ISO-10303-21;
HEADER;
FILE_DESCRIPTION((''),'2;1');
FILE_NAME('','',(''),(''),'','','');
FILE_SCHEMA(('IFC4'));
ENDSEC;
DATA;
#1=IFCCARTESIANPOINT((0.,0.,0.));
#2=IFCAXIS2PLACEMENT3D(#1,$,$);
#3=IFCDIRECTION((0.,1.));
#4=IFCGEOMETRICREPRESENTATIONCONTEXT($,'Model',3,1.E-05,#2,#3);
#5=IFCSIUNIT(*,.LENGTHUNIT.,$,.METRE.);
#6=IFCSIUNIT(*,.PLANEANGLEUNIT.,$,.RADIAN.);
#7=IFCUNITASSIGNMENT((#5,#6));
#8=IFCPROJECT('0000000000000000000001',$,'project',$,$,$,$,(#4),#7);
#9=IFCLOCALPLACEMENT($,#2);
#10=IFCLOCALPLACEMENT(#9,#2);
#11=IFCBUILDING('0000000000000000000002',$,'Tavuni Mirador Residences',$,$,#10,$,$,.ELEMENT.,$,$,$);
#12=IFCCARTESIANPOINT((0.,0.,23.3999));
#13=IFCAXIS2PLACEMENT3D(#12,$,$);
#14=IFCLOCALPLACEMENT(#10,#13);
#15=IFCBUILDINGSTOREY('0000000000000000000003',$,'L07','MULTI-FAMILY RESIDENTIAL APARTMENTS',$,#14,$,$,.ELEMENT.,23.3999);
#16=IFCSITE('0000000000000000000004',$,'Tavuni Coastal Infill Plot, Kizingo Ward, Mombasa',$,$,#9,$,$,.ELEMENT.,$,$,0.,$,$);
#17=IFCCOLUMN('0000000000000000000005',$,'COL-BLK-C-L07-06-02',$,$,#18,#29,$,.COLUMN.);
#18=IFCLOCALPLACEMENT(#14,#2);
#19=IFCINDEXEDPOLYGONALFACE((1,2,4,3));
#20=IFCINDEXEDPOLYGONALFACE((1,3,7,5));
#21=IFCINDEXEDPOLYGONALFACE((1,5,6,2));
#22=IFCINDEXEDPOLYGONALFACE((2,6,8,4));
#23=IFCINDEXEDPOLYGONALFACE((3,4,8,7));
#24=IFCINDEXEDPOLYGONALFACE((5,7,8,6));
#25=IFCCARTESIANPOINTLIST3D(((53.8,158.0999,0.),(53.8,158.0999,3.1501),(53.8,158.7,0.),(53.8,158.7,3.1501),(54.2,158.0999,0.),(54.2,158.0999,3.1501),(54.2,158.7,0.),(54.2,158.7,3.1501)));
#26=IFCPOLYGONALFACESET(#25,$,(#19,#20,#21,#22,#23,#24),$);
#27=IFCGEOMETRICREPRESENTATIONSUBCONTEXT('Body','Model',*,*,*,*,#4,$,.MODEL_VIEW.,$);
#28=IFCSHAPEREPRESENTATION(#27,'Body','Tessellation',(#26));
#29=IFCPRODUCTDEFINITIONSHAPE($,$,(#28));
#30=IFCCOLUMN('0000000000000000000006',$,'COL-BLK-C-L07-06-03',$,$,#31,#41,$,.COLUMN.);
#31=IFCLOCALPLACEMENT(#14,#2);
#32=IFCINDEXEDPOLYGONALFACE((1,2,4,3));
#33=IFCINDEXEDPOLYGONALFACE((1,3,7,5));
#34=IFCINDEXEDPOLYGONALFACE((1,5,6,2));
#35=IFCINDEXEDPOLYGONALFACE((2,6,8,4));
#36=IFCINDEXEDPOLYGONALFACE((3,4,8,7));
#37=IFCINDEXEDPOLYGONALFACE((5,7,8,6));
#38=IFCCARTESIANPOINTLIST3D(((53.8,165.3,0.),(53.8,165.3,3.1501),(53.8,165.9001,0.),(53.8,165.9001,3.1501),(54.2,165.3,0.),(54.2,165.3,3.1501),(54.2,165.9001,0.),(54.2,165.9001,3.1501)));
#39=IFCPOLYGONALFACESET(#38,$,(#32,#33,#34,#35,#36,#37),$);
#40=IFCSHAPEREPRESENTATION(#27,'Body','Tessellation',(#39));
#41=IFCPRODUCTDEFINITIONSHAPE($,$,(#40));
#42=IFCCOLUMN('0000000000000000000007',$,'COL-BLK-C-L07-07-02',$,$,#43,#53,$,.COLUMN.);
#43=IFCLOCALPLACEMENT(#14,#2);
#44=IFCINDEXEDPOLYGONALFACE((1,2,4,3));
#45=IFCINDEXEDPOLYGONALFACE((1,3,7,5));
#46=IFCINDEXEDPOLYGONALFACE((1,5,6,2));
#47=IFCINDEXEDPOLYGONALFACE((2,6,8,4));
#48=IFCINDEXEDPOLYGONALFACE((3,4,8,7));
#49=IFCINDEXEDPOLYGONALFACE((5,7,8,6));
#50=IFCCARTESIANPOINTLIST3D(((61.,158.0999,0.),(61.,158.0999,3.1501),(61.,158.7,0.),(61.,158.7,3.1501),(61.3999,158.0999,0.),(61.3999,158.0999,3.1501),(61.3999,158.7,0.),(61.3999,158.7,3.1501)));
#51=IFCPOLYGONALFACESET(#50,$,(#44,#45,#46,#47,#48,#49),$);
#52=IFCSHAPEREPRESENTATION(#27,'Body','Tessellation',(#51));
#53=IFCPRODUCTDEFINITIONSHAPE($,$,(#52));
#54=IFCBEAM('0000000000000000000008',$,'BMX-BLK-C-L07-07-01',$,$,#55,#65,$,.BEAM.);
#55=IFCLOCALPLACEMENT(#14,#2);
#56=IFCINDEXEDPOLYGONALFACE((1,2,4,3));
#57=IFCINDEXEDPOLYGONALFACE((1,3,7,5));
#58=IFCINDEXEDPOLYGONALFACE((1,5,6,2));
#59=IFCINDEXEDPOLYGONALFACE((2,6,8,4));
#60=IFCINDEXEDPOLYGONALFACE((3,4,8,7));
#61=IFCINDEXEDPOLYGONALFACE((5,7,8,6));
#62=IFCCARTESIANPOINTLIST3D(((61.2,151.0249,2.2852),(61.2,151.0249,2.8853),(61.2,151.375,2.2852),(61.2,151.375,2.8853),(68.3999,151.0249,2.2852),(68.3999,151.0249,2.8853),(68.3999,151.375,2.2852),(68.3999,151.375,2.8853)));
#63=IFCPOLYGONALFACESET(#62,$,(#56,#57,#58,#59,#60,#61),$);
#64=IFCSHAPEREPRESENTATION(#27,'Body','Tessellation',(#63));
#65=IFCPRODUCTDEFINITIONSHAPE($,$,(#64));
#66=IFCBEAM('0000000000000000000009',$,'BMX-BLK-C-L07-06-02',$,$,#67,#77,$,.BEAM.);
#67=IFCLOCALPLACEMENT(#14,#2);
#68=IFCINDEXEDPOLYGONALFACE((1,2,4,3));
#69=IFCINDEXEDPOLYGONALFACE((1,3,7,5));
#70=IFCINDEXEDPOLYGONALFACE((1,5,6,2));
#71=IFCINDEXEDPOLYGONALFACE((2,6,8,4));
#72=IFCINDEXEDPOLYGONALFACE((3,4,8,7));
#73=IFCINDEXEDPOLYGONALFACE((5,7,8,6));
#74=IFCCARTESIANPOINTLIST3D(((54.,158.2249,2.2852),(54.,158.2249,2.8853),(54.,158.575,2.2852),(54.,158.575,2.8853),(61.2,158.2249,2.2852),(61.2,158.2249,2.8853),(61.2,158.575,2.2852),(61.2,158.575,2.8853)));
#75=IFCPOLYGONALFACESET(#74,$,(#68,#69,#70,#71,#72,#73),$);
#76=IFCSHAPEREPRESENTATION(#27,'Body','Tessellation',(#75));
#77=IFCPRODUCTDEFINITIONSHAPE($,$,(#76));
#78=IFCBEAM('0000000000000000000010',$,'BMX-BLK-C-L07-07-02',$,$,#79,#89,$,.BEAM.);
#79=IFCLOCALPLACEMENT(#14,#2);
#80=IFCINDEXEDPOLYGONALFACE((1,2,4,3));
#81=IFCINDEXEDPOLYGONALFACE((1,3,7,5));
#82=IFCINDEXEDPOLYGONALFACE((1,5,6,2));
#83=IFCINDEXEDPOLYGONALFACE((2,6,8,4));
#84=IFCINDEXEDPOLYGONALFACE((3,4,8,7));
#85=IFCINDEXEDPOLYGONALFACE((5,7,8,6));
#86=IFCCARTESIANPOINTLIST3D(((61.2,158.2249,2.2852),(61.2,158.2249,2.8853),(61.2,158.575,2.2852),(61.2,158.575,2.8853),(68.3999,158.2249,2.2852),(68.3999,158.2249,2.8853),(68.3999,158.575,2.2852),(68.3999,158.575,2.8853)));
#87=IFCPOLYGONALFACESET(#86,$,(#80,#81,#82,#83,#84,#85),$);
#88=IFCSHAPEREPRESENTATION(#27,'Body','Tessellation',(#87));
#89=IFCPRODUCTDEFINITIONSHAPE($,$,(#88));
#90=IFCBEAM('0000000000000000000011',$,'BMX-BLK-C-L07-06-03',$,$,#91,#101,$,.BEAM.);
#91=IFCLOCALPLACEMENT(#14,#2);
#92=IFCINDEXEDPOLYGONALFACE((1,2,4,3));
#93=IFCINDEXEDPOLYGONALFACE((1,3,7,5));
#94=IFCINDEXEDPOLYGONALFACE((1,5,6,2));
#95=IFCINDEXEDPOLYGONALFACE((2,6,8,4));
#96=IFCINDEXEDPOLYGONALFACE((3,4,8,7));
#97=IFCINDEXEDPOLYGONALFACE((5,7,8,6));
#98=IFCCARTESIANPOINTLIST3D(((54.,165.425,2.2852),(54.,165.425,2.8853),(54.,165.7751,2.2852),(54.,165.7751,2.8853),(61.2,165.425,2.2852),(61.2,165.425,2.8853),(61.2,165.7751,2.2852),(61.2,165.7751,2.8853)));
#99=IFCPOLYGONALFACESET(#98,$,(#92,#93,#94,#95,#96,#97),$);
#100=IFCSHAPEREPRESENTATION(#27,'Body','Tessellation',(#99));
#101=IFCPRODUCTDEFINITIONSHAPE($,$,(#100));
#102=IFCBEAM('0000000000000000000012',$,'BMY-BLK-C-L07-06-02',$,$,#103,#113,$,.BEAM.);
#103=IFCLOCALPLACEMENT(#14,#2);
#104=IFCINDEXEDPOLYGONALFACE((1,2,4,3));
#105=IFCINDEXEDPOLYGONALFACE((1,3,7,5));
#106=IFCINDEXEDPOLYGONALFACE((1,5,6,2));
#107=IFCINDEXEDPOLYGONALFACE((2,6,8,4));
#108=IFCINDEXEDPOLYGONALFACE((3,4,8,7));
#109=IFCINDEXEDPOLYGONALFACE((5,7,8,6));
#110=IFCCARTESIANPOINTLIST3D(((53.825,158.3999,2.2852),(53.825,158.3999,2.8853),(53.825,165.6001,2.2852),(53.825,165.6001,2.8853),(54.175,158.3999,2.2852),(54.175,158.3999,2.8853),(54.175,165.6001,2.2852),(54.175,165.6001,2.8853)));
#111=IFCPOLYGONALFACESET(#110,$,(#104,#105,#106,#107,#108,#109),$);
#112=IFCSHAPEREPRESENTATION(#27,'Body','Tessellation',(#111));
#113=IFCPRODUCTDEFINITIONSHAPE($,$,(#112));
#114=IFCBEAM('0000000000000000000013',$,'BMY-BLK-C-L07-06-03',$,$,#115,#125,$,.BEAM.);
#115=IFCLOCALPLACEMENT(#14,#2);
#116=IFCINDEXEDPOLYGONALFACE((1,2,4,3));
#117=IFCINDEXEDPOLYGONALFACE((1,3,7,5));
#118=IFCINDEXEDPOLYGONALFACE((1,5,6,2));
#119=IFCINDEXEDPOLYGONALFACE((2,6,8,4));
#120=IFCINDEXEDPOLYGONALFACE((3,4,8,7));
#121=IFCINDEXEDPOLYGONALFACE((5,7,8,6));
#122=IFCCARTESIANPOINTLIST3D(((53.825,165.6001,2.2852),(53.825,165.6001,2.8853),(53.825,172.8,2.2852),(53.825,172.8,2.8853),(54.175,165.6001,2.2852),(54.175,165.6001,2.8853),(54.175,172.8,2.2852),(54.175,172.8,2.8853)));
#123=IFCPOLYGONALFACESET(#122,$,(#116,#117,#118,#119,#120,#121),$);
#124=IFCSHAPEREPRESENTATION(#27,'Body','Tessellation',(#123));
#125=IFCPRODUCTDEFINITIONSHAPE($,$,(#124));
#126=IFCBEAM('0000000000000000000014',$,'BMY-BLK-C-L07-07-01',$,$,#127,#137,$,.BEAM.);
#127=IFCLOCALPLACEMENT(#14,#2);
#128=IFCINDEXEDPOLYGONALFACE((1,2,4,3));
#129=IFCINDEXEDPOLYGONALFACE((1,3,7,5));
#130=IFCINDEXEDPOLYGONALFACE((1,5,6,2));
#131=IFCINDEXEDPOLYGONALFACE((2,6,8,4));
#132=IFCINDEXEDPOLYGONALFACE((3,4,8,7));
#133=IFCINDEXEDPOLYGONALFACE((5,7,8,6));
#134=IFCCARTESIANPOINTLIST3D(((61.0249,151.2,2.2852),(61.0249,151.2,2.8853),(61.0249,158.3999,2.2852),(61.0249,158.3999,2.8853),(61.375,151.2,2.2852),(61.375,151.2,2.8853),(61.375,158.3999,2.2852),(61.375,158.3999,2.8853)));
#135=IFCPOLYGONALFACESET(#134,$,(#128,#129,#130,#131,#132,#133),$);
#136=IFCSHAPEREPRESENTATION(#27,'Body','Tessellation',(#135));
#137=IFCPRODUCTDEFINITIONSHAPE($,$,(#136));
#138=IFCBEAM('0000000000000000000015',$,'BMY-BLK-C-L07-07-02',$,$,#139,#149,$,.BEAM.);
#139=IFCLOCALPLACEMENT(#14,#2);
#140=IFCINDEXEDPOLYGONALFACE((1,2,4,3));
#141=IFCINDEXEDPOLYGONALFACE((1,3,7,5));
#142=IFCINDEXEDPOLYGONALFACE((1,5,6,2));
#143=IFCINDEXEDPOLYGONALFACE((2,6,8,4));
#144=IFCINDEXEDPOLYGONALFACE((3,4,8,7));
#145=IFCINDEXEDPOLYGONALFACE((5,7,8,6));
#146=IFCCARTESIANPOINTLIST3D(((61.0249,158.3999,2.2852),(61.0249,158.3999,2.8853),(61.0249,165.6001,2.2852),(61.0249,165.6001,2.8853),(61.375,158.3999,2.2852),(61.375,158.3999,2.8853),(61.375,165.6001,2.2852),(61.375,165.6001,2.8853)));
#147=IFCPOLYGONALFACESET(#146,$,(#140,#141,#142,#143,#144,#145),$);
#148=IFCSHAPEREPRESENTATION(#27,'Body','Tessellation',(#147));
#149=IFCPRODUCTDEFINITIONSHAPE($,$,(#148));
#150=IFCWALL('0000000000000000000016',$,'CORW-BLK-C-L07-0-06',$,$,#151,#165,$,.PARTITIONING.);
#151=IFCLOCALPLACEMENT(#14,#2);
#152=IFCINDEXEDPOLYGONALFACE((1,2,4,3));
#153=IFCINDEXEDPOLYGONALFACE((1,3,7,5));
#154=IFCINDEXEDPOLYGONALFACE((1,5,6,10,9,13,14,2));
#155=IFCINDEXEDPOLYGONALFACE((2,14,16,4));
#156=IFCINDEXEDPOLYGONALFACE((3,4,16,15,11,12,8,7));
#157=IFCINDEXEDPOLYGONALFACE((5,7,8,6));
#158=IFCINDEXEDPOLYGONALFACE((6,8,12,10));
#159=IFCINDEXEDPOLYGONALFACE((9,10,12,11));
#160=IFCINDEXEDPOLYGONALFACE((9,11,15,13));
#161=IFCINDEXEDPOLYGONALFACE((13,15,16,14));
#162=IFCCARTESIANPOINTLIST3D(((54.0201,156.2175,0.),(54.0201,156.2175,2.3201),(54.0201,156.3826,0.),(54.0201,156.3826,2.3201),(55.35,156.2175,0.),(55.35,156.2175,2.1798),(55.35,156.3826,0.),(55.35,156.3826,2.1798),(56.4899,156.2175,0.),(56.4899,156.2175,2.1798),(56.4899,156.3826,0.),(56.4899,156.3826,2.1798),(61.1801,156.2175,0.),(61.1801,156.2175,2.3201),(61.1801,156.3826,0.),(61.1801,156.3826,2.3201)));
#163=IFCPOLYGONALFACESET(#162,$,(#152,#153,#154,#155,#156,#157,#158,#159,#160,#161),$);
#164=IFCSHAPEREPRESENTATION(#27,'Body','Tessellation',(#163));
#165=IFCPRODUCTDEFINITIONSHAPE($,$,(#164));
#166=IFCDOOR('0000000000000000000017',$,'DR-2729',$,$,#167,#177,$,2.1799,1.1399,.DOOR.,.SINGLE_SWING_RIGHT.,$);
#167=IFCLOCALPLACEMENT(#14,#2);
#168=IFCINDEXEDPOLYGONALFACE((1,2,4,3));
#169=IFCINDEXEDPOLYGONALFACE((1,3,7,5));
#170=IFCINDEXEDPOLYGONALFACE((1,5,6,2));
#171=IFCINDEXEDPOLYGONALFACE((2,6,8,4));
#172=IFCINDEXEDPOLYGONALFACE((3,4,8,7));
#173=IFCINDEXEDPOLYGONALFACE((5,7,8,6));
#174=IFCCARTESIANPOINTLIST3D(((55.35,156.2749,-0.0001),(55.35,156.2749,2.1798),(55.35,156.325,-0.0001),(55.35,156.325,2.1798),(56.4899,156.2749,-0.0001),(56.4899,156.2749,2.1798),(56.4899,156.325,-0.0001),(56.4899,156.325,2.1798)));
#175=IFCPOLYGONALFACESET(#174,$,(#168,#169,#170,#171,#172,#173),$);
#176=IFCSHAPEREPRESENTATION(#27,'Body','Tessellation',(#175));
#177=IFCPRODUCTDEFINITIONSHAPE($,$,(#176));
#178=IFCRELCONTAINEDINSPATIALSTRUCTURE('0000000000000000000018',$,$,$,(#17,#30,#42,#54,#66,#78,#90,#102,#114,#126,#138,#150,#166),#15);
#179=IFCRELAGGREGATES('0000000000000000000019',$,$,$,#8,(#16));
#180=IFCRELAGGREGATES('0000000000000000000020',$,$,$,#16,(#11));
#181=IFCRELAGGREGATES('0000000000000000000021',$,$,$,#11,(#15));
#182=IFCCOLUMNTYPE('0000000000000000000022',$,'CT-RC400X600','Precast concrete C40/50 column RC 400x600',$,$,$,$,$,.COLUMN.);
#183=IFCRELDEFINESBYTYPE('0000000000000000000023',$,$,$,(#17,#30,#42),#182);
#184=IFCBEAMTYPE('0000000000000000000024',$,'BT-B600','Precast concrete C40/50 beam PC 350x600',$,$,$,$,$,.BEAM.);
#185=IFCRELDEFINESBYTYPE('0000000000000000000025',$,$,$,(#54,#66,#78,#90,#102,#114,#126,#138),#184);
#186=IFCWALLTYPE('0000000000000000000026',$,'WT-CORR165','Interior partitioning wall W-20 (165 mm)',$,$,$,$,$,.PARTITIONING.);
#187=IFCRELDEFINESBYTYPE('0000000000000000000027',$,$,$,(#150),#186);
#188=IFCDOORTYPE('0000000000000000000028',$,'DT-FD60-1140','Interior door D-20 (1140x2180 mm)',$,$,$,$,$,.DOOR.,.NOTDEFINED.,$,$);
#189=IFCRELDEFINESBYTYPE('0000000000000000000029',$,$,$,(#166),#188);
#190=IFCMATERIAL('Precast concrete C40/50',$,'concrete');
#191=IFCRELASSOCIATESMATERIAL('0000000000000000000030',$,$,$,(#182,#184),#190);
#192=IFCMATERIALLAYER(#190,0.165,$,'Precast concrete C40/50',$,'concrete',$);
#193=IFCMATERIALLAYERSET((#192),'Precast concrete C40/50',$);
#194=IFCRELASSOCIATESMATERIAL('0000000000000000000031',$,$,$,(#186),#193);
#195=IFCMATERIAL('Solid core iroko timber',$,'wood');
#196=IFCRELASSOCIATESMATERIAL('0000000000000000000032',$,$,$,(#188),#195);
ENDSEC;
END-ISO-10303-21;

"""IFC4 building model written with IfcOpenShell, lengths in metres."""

from ifc_helpers import new_model, si_unit, direction, frame, frame_2d, origin, origin_2d, place, context, subcontext, project, spatial, rectangle, extrude, material, layer, layer_set, material_profile, profile_set, type_object, element, fill, save


model = new_model("IFC4")

# Units and contexts
model_context = context("Model", 3, precision=1e-05, world=origin(), true_north=direction((0.0, 1.0)))
body_context = subcontext(model_context, "Body", "Model", "MODEL_VIEW")
ifc_project = project(units=[si_unit("LENGTHUNIT", "METRE"), si_unit("PLANEANGLEUNIT", "RADIAN")], contexts=[model_context])

# Site, building, storey
site_placement = place(None, origin())
site = spatial("IfcSite", under=ifc_project, at=site_placement, Name="Tavuni Coastal Infill Plot, Kizingo Ward, Mombasa", CompositionType="ELEMENT", RefElevation=0.0)
building_placement = place(site_placement, origin())
building = spatial("IfcBuilding", under=site, at=building_placement, Name="Tavuni Mirador Residences", CompositionType="ELEMENT")
storey_placement = place(building_placement, frame((0.0, 0.0, 23.3999)))
storey = spatial("IfcBuildingStorey", under=building, at=storey_placement, Name="L07", Description="MULTI-FAMILY RESIDENTIAL APARTMENTS", CompositionType="ELEMENT", Elevation=23.3999)

# Columns
ifc_material_1 = material(Name="Precast concrete C40/50", Category="concrete")
ifc_material_profile_1 = material_profile(ifc_material_1, rectangle(XDim=0.3999, YDim=0.6001, at=origin_2d()), Name="RC 400x600", Category="concrete")
ifc_profile_set_1 = profile_set([ifc_material_profile_1], Name="Precast concrete C40/50")
column_type = type_object("IfcColumnType", Name="CT-RC400X600", Description="Precast concrete C40/50 column RC 400x600", PredefinedType="COLUMN", material=ifc_profile_set_1)
for number, where, z_axis, x_axis, name in (
    (1, (54.0, 158.3999, 0.0), (0.0, 0.0, 1.0), (1.0, 0.0, 0.0), "COL-BLK-C-L07-06-02"),
    (2, (54.0, 165.6001, 0.0), (0.0, 0.0, 1.0), (1.0, 0.0, 0.0), "COL-BLK-C-L07-06-03"),
    (3, (61.2, 158.3999, 0.0), (0.0, 0.0, 1.0), (1.0, 0.0, 0.0), "COL-BLK-C-L07-07-02"),
):
    element("IfcColumn", number, at=place(storey_placement, frame(where, z_axis=z_axis, x_axis=x_axis)), inside=storey, type_object=column_type, Name=name, PredefinedType="COLUMN", context=body_context, shape_type="SweptSolid", body=[
        extrude(rectangle(XDim=0.3999, YDim=0.6001, at=origin_2d()), origin(), (0.0, 0.0, 1.0), 3.1501),
    ])

# Beams
ifc_material_profile_2 = material_profile(ifc_material_1, rectangle(XDim=0.3501, YDim=0.6001, at=origin_2d()), Name="PC 350x600", Category="concrete")
ifc_profile_set_2 = profile_set([ifc_material_profile_2], Name="Precast concrete C40/50")
beam_type = type_object("IfcBeamType", Name="BT-B600", Description="Precast concrete C40/50 beam PC 350x600", PredefinedType="BEAM", material=ifc_profile_set_2)
for number, where, z_axis, x_axis, name in (
    (4, (61.2, 151.2, 2.5852), (1.0, 0.0, 0.0), (0.0, 1.0, 0.0), "BMX-BLK-C-L07-07-01"),
    (5, (54.0, 158.3999, 2.5852), (1.0, 0.0, 0.0), (0.0, 1.0, 0.0), "BMX-BLK-C-L07-06-02"),
    (6, (61.2, 158.3999, 2.5852), (1.0, 0.0, 0.0), (0.0, 1.0, 0.0), "BMX-BLK-C-L07-07-02"),
    (7, (54.0, 165.6001, 2.5852), (1.0, 0.0, 0.0), (0.0, 1.0, 0.0), "BMX-BLK-C-L07-06-03"),
):
    element("IfcBeam", number, at=place(storey_placement, frame(where, z_axis=z_axis, x_axis=x_axis)), inside=storey, type_object=beam_type, Name=name, PredefinedType="BEAM", context=body_context, shape_type="SweptSolid", body=[
        extrude(rectangle(XDim=0.3501, YDim=0.6001, at=origin_2d()), origin(), (0.0, 0.0, 1.0), 7.2),
    ])
beam_1_placement = place(storey_placement, frame((54.0, 158.3999, 2.5852), z_axis=(0.0, 1.0, 0.0), x_axis=(-1.0, 0.0, 0.0)))
element("IfcBeam", 8, at=beam_1_placement, inside=storey, type_object=beam_type, Name="BMY-BLK-C-L07-06-02", PredefinedType="BEAM", context=body_context, shape_type="SweptSolid", body=[
    extrude(rectangle(XDim=0.3501, YDim=0.6001, at=origin_2d()), origin(), (0.0, 0.0, 1.0), 7.2002),
])
for number, where, z_axis, x_axis, name in (
    (9, (54.0, 165.6001, 2.5852), (0.0, 1.0, 0.0), (-1.0, 0.0, 0.0), "BMY-BLK-C-L07-06-03"),
    (10, (61.2, 151.2, 2.5852), (0.0, 1.0, 0.0), (-1.0, 0.0, 0.0), "BMY-BLK-C-L07-07-01"),
):
    element("IfcBeam", number, at=place(storey_placement, frame(where, z_axis=z_axis, x_axis=x_axis)), inside=storey, type_object=beam_type, Name=name, PredefinedType="BEAM", context=body_context, shape_type="SweptSolid", body=[
        extrude(rectangle(XDim=0.3501, YDim=0.6001, at=origin_2d()), origin(), (0.0, 0.0, 1.0), 7.2),
    ])
beam_2_placement = place(storey_placement, frame((61.2, 158.3999, 2.5852), z_axis=(0.0, 1.0, 0.0), x_axis=(-1.0, 0.0, 0.0)))
element("IfcBeam", 11, at=beam_2_placement, inside=storey, type_object=beam_type, Name="BMY-BLK-C-L07-07-02", PredefinedType="BEAM", context=body_context, shape_type="SweptSolid", body=[
    extrude(rectangle(XDim=0.3501, YDim=0.6001, at=origin_2d()), origin(), (0.0, 0.0, 1.0), 7.2002),
])

# Wall, opening, door
ifc_layer_1 = layer(ifc_material_1, 0.165, Name="Precast concrete C40/50", Category="concrete")
ifc_layer_set_1 = layer_set([ifc_layer_1], Name="Precast concrete C40/50")
wall_type_1 = type_object("IfcWallType", Name="WT-CORR165", Description="Interior partitioning wall W-20 (165 mm)", PredefinedType="PARTITIONING", material=ifc_layer_set_1)
wall_1_placement = place(storey_placement, frame((54.02, 156.3, 0.0), z_axis=(0.0, 0.0, 1.0), x_axis=(1.0, 0.0, 0.0)))
wall_1 = element("IfcWall", 12, at=wall_1_placement, inside=storey, type_object=wall_type_1, Name="CORW-BLK-C-L07-0-06", PredefinedType="PARTITIONING", context=body_context, shape_type="SweptSolid", body=[
    extrude(rectangle(XDim=7.1599, YDim=0.165, at=frame_2d((3.5801, 0.0))), origin(), (0.0, 0.0, 1.0), 2.3201),
])
opening_1_placement = place(wall_1_placement, frame((1.3301, 0.0, 0.0)))
opening_1 = element("IfcOpeningElement", 13, at=opening_1_placement, cuts=wall_1, PredefinedType="OPENING", context=body_context, shape_type="SweptSolid", body=[
    extrude(rectangle(XDim=1.1399, YDim=2.1799, at=frame_2d((0.5698, 1.0898))), frame((0.0, 0.0925, 0.0), z_axis=(0.0, -1.0, 0.0), x_axis=(1.0, 0.0, 0.0)), (0.0, 0.0, 1.0), 0.1851),
])
ifc_material_2 = material(Name="Solid core iroko timber", Category="wood")
door_type_1 = type_object("IfcDoorType", Name="DT-FD60-1140", Description="Interior door D-20 (1140x2180 mm)", OperationType="NOTDEFINED", PredefinedType="DOOR", material=ifc_material_2)
door_1_placement = place(opening_1_placement, origin())
door_1 = element("IfcDoor", 14, at=door_1_placement, inside=storey, type_object=door_type_1, Name="DR-2729", OperationType="SINGLE_SWING_RIGHT", OverallHeight=2.1799, OverallWidth=1.1399, PredefinedType="DOOR", context=body_context, shape_type="SweptSolid", body=[
    extrude(rectangle(XDim=1.1399, YDim=2.1799, at=frame_2d((0.5698, 1.0898))), frame((0.0, 0.0249, 0.0), z_axis=(0.0, -1.0, 0.0), x_axis=(1.0, 0.0, 0.0)), (0.0, 0.0, 1.0), 0.05),
])
fill(opening_1, door_1)

save(model, "model.ifc")
